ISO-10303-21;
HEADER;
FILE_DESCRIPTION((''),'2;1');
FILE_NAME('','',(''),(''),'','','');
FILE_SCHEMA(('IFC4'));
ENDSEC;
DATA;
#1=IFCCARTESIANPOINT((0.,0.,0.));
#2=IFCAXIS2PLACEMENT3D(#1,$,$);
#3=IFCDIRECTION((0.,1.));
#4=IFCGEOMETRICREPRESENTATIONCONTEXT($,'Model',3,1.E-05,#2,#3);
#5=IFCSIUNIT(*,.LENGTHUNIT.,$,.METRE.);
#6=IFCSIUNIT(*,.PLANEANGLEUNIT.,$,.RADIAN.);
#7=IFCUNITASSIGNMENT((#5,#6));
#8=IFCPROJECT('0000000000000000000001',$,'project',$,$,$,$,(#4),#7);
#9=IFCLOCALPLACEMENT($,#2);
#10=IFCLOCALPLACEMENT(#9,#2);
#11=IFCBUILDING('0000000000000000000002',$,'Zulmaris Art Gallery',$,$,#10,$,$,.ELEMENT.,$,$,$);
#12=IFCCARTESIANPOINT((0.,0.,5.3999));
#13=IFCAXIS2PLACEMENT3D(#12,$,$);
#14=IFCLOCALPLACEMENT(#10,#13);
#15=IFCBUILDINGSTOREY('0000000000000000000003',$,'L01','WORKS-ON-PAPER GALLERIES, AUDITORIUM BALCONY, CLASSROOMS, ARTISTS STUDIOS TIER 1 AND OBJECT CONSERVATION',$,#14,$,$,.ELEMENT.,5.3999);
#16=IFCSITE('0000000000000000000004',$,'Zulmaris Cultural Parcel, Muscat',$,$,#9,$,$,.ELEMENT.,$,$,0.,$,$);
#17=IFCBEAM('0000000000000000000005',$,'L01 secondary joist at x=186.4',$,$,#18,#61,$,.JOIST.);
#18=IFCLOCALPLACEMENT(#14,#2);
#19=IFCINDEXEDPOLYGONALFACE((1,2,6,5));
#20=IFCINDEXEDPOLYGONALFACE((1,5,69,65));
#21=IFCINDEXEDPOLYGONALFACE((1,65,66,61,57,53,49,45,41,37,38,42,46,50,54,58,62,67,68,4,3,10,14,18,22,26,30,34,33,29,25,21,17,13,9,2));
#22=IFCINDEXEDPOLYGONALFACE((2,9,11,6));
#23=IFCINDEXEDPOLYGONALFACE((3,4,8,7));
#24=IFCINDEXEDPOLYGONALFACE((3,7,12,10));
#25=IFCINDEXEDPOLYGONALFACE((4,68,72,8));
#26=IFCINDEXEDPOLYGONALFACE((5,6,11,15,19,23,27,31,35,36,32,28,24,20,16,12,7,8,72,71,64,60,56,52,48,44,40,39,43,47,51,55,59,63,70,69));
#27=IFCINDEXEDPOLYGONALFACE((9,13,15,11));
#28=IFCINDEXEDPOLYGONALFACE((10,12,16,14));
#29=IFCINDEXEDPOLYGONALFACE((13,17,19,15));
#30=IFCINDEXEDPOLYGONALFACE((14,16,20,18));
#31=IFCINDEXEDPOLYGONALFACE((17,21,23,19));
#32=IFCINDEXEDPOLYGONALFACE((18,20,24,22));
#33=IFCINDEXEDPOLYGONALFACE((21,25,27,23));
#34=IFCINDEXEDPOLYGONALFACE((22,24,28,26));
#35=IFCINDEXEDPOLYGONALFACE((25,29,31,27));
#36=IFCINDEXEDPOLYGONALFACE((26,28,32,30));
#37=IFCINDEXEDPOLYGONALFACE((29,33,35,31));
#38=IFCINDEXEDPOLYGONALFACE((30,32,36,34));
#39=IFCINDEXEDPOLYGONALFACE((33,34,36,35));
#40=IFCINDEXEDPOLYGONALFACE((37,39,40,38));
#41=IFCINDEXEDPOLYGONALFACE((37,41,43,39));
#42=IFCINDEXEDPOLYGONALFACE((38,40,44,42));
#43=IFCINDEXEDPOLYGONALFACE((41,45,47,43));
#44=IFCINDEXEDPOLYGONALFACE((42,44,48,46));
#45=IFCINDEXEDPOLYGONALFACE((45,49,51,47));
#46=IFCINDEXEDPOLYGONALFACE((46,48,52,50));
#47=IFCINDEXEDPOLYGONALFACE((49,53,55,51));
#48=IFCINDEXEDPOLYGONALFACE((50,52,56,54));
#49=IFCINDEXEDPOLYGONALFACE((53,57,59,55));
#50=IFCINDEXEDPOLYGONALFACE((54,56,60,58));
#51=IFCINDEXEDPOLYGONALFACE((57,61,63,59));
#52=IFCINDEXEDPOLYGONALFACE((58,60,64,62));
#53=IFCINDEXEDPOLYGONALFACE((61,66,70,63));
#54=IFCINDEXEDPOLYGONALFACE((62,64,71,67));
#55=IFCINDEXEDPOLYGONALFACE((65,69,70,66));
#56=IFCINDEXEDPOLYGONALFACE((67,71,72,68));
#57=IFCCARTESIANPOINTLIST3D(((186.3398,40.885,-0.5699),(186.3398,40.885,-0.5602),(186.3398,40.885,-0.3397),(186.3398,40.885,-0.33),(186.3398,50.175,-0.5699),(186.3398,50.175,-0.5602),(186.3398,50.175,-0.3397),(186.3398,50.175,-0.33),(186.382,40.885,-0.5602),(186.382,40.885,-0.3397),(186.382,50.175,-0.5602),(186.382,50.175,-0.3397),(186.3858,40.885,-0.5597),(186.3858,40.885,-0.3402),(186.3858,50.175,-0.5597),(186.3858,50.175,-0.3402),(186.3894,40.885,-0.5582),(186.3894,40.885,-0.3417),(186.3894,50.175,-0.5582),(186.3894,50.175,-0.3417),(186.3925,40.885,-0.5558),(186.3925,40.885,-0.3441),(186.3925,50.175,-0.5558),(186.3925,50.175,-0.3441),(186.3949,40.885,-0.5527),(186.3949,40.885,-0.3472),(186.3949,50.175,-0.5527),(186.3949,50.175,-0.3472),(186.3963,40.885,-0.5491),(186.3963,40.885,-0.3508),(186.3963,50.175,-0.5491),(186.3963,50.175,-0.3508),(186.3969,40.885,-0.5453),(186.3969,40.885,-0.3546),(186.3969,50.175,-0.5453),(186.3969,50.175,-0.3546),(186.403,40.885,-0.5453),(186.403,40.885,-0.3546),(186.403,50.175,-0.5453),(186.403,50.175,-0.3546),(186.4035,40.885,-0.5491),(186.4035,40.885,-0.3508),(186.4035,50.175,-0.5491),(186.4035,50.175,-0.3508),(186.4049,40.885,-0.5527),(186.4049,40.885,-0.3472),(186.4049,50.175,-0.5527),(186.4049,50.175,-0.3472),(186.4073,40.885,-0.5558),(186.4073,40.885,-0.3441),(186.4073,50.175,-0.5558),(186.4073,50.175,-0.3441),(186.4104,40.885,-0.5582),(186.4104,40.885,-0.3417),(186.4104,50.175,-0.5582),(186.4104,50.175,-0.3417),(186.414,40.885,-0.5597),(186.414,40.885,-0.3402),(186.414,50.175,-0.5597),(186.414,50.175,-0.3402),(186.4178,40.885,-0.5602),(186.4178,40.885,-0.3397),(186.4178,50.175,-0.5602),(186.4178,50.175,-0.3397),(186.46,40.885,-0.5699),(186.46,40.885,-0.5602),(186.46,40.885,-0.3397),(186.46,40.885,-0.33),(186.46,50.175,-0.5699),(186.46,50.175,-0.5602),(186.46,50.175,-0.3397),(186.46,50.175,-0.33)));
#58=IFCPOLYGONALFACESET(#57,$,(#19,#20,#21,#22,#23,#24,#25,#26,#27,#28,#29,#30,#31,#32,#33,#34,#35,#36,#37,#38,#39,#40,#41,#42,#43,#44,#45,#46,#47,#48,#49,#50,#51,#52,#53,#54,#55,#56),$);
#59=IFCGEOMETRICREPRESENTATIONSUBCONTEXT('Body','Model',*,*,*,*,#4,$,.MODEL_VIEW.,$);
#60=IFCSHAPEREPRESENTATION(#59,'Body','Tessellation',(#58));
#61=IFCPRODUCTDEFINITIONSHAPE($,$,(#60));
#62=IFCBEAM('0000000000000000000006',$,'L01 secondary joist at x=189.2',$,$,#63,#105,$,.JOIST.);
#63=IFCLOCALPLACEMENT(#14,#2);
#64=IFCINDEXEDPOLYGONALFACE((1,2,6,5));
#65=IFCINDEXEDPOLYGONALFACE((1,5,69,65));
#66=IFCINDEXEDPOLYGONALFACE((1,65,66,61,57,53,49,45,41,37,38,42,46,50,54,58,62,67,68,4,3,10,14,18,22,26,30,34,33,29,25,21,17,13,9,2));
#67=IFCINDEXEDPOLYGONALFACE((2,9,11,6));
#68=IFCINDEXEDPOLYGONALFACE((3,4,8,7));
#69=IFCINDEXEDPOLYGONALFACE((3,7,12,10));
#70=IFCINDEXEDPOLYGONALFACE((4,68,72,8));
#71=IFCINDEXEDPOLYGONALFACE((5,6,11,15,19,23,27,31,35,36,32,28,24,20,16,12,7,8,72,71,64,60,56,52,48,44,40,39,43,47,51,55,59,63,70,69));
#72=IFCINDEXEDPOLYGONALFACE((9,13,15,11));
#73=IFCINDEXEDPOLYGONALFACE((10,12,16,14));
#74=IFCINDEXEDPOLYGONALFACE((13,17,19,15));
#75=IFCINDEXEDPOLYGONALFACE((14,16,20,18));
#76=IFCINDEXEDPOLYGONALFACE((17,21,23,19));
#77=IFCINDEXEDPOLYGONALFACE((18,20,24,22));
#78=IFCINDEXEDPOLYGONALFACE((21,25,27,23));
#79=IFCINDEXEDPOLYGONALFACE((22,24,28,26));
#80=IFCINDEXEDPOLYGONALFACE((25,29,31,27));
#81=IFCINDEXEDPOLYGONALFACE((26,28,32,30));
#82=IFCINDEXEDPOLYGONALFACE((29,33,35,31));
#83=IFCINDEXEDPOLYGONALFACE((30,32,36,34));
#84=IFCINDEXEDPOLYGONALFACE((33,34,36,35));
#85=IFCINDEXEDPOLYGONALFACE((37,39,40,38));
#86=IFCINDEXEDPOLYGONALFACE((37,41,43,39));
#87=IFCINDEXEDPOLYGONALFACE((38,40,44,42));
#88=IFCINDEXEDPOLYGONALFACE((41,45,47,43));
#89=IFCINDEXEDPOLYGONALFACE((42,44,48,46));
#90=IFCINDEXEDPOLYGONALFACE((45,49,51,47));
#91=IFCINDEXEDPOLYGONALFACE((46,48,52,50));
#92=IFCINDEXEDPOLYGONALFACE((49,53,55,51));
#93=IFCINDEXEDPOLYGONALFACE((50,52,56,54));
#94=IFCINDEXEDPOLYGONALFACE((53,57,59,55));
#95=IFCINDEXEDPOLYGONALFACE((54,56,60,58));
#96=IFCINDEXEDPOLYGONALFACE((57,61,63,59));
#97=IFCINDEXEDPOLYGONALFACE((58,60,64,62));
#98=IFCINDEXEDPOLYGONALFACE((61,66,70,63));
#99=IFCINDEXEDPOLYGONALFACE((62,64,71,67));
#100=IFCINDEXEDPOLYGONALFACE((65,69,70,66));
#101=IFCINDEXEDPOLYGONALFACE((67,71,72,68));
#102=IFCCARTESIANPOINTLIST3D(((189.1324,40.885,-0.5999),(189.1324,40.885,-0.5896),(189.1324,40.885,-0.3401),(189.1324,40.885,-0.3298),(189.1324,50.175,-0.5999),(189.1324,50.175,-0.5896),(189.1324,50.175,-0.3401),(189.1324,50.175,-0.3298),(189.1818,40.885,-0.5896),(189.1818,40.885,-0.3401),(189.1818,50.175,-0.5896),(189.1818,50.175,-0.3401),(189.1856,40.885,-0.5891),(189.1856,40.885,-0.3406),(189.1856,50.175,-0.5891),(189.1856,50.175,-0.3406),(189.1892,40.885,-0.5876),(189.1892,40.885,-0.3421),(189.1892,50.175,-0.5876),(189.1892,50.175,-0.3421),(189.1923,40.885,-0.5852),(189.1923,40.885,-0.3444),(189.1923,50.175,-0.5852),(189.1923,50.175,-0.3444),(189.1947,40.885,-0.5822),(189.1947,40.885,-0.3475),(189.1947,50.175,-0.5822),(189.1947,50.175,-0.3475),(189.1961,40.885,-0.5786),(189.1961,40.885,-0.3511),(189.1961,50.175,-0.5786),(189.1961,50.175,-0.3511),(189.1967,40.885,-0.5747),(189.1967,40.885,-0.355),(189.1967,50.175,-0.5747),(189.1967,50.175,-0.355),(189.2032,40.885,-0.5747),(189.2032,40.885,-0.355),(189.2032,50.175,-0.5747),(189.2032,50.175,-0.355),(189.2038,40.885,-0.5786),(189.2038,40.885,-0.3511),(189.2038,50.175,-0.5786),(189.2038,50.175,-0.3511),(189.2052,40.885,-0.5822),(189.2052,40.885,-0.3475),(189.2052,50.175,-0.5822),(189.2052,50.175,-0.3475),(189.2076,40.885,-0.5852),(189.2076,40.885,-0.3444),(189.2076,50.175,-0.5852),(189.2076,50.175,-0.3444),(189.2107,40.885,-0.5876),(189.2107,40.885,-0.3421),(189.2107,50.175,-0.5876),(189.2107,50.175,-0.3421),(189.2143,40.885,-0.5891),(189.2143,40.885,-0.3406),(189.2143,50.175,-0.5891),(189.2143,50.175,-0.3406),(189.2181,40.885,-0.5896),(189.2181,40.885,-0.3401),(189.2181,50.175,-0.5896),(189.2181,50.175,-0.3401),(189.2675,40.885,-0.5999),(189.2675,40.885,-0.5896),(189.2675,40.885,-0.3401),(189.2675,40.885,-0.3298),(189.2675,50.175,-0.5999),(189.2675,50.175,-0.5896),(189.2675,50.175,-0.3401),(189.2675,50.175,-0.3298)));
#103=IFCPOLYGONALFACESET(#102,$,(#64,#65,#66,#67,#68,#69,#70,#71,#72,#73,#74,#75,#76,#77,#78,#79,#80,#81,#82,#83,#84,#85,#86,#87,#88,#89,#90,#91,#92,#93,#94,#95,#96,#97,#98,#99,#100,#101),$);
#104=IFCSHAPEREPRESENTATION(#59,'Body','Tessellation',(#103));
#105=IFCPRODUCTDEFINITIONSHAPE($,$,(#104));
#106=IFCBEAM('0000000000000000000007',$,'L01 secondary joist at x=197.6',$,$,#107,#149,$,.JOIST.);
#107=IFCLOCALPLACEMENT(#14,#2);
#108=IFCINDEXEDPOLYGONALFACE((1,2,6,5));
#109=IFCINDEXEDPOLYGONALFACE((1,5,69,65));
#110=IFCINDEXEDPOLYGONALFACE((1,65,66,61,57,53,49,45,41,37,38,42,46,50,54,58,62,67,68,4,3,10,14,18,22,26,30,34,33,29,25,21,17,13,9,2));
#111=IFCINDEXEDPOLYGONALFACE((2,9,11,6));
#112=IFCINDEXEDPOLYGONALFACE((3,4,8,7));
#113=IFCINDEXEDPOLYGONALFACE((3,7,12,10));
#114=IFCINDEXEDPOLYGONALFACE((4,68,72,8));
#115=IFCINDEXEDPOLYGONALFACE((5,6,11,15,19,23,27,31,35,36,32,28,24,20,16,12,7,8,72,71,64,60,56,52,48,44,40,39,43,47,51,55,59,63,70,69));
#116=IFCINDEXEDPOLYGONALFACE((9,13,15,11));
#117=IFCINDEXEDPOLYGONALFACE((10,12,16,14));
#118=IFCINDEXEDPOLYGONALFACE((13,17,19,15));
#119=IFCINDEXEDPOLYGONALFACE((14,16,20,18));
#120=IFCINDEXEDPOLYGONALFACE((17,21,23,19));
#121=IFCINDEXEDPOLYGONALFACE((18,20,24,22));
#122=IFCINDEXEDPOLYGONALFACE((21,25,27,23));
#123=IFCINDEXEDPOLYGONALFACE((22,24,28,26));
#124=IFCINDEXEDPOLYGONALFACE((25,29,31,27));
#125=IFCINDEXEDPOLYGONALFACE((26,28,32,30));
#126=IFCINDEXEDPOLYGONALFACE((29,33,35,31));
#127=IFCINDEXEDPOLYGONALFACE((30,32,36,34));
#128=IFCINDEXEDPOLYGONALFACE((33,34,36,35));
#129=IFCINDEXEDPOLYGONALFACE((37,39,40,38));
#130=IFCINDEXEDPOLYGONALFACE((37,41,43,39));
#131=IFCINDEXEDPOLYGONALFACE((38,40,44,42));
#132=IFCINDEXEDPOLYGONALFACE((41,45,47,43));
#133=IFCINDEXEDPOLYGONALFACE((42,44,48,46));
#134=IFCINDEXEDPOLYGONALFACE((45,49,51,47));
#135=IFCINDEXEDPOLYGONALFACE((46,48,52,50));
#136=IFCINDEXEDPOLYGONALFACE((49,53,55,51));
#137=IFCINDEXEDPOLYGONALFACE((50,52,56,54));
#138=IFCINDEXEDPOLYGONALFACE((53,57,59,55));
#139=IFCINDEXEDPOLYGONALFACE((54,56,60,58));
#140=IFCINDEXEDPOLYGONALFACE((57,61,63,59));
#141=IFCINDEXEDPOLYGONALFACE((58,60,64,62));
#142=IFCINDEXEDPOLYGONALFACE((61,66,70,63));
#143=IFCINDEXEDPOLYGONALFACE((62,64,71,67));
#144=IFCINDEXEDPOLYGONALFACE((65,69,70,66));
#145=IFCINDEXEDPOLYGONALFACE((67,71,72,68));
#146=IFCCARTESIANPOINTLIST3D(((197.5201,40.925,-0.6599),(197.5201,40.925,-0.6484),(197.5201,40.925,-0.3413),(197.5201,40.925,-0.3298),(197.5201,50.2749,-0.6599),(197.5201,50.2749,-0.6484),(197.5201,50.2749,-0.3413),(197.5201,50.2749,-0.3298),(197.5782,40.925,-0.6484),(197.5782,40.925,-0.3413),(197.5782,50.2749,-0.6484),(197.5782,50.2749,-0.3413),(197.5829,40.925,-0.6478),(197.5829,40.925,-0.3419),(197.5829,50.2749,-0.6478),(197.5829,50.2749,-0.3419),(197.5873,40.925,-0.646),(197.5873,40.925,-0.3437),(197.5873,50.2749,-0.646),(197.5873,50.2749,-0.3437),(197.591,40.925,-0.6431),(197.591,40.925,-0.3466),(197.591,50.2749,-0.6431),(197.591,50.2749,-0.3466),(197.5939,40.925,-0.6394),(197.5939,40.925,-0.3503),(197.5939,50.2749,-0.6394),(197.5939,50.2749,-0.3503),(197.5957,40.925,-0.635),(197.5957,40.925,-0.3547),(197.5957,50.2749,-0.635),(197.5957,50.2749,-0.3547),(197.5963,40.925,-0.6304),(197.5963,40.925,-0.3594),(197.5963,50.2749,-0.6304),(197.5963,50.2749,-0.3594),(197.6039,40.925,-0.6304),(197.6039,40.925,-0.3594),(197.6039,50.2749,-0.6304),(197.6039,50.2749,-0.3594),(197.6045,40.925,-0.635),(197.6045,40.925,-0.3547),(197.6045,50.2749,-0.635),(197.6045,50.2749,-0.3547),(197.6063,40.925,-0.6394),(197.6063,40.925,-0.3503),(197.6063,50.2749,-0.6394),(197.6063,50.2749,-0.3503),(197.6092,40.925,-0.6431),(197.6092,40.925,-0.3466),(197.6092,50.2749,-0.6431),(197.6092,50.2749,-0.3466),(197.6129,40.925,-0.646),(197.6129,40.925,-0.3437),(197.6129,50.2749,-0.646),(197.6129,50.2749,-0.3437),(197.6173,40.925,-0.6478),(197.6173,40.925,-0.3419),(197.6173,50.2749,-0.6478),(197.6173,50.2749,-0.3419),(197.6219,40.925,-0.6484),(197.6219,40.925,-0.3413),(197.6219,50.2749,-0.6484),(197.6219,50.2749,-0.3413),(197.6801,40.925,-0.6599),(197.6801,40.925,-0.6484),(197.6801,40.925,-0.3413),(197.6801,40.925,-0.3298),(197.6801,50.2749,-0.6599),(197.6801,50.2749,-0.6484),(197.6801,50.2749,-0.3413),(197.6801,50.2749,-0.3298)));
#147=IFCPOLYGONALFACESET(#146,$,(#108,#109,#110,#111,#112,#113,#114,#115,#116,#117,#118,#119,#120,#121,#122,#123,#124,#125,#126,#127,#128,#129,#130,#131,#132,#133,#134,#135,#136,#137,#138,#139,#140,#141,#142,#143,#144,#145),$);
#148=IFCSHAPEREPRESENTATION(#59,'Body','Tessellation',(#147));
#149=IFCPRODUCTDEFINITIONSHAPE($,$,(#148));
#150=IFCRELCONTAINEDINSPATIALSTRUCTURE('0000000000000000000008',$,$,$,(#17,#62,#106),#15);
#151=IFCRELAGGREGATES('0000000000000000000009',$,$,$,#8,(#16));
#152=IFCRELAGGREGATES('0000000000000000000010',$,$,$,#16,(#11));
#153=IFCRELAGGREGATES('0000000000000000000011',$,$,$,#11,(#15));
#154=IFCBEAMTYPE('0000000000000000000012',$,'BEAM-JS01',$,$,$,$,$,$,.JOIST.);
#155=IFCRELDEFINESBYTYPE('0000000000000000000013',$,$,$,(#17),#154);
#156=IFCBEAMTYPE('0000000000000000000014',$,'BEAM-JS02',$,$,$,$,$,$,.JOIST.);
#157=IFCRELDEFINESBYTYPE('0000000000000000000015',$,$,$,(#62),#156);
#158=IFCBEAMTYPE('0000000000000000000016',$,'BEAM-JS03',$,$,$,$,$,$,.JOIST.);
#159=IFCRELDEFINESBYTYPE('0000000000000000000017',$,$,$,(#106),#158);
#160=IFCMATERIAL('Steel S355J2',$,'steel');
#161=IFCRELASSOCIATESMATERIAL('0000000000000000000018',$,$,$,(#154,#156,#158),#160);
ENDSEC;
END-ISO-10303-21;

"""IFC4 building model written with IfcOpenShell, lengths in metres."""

from ifc_helpers import new_model, si_unit, direction, frame, origin, origin_2d, place, context, subcontext, project, spatial, i_section, extrude, material, material_profile, profile_set, type_object, element, save


model = new_model("IFC4")

# Units and contexts
model_context = context("Model", 3, precision=1e-05, world=origin(), true_north=direction((0.0, 1.0)))
body_context = subcontext(model_context, "Body", "Model", "MODEL_VIEW")
ifc_project = project(units=[si_unit("LENGTHUNIT", "METRE"), si_unit("PLANEANGLEUNIT", "RADIAN")], contexts=[model_context])

# Site, building, storey
site_placement = place(None, origin())
site = spatial("IfcSite", under=ifc_project, at=site_placement, Name="Zulmaris Cultural Parcel, Muscat", CompositionType="ELEMENT", RefElevation=0.0)
building_placement = place(site_placement, origin())
building = spatial("IfcBuilding", under=site, at=building_placement, Name="Zulmaris Art Gallery", CompositionType="ELEMENT")
storey_placement = place(building_placement, frame((0.0, 0.0, 5.3999)))
storey = spatial("IfcBuildingStorey", under=building, at=storey_placement, Name="L01", Description="WORKS-ON-PAPER GALLERIES, AUDITORIUM BALCONY, CLASSROOMS, ARTISTS STUDIOS TIER 1 AND OBJECT CONSERVATION", CompositionType="ELEMENT", Elevation=5.3999)

# Beams
ifc_material_1 = material(Name="Steel S355J2", Category="steel")
ifc_material_profile_1 = material_profile(ifc_material_1, i_section(OverallWidth=0.1201, OverallDepth=0.24, WebThickness=0.0061, FlangeThickness=0.0098, FilletRadius=0.0149, at=origin_2d()), Name="IPE 240")
ifc_profile_set_1 = profile_set([ifc_material_profile_1], Name="Steel S355J2")
beam_type_1 = type_object("IfcBeamType", Name="BEAM-JS01", PredefinedType="JOIST", material=ifc_profile_set_1)
beam_1_placement = place(storey_placement, frame((186.3999, 40.885, -0.45), z_axis=(0.0, 1.0, 0.0), x_axis=(-1.0, 0.0, 0.0)))
element("IfcBeam", 1, at=beam_1_placement, inside=storey, type_object=beam_type_1, Name="L01 secondary joist at x=186.4", PredefinedType="JOIST", context=body_context, shape_type="SweptSolid", body=[
    extrude(i_section(OverallWidth=0.1201, OverallDepth=0.24, WebThickness=0.0061, FlangeThickness=0.0098, FilletRadius=0.0149, at=origin_2d()), origin(), (0.0, 0.0, 1.0), 9.29),
])
ifc_material_profile_2 = material_profile(ifc_material_1, i_section(OverallWidth=0.135, OverallDepth=0.27, WebThickness=0.0066, FlangeThickness=0.0103, FilletRadius=0.0149, at=origin_2d()), Name="IPE 270")
ifc_profile_set_2 = profile_set([ifc_material_profile_2], Name="Steel S355J2")
beam_type_2 = type_object("IfcBeamType", Name="BEAM-JS02", PredefinedType="JOIST", material=ifc_profile_set_2)
beam_2_placement = place(storey_placement, frame((189.2, 40.885, -0.4648), z_axis=(0.0, 1.0, 0.0), x_axis=(-1.0, 0.0, 0.0)))
element("IfcBeam", 2, at=beam_2_placement, inside=storey, type_object=beam_type_2, Name="L01 secondary joist at x=189.2", PredefinedType="JOIST", context=body_context, shape_type="SweptSolid", body=[
    extrude(i_section(OverallWidth=0.135, OverallDepth=0.27, WebThickness=0.0066, FlangeThickness=0.0103, FilletRadius=0.0149, at=origin_2d()), origin(), (0.0, 0.0, 1.0), 9.29),
])
ifc_material_profile_3 = material_profile(ifc_material_1, i_section(OverallWidth=0.1599, OverallDepth=0.3301, WebThickness=0.0076, FlangeThickness=0.0115, FilletRadius=0.0181, at=origin_2d()), Name="IPE 330")
ifc_profile_set_3 = profile_set([ifc_material_profile_3], Name="Steel S355J2")
beam_type_3 = type_object("IfcBeamType", Name="BEAM-JS03", PredefinedType="JOIST", material=ifc_profile_set_3)
beam_3_placement = place(storey_placement, frame((197.6001, 40.925, -0.4949), z_axis=(0.0, 1.0, 0.0), x_axis=(-1.0, 0.0, 0.0)))
element("IfcBeam", 3, at=beam_3_placement, inside=storey, type_object=beam_type_3, Name="L01 secondary joist at x=197.6", PredefinedType="JOIST", context=body_context, shape_type="SweptSolid", body=[
    extrude(i_section(OverallWidth=0.1599, OverallDepth=0.3301, WebThickness=0.0076, FlangeThickness=0.0115, FilletRadius=0.0181, at=origin_2d()), origin(), (0.0, 0.0, 1.0), 9.3499),
])

save(model, "model.ifc")
